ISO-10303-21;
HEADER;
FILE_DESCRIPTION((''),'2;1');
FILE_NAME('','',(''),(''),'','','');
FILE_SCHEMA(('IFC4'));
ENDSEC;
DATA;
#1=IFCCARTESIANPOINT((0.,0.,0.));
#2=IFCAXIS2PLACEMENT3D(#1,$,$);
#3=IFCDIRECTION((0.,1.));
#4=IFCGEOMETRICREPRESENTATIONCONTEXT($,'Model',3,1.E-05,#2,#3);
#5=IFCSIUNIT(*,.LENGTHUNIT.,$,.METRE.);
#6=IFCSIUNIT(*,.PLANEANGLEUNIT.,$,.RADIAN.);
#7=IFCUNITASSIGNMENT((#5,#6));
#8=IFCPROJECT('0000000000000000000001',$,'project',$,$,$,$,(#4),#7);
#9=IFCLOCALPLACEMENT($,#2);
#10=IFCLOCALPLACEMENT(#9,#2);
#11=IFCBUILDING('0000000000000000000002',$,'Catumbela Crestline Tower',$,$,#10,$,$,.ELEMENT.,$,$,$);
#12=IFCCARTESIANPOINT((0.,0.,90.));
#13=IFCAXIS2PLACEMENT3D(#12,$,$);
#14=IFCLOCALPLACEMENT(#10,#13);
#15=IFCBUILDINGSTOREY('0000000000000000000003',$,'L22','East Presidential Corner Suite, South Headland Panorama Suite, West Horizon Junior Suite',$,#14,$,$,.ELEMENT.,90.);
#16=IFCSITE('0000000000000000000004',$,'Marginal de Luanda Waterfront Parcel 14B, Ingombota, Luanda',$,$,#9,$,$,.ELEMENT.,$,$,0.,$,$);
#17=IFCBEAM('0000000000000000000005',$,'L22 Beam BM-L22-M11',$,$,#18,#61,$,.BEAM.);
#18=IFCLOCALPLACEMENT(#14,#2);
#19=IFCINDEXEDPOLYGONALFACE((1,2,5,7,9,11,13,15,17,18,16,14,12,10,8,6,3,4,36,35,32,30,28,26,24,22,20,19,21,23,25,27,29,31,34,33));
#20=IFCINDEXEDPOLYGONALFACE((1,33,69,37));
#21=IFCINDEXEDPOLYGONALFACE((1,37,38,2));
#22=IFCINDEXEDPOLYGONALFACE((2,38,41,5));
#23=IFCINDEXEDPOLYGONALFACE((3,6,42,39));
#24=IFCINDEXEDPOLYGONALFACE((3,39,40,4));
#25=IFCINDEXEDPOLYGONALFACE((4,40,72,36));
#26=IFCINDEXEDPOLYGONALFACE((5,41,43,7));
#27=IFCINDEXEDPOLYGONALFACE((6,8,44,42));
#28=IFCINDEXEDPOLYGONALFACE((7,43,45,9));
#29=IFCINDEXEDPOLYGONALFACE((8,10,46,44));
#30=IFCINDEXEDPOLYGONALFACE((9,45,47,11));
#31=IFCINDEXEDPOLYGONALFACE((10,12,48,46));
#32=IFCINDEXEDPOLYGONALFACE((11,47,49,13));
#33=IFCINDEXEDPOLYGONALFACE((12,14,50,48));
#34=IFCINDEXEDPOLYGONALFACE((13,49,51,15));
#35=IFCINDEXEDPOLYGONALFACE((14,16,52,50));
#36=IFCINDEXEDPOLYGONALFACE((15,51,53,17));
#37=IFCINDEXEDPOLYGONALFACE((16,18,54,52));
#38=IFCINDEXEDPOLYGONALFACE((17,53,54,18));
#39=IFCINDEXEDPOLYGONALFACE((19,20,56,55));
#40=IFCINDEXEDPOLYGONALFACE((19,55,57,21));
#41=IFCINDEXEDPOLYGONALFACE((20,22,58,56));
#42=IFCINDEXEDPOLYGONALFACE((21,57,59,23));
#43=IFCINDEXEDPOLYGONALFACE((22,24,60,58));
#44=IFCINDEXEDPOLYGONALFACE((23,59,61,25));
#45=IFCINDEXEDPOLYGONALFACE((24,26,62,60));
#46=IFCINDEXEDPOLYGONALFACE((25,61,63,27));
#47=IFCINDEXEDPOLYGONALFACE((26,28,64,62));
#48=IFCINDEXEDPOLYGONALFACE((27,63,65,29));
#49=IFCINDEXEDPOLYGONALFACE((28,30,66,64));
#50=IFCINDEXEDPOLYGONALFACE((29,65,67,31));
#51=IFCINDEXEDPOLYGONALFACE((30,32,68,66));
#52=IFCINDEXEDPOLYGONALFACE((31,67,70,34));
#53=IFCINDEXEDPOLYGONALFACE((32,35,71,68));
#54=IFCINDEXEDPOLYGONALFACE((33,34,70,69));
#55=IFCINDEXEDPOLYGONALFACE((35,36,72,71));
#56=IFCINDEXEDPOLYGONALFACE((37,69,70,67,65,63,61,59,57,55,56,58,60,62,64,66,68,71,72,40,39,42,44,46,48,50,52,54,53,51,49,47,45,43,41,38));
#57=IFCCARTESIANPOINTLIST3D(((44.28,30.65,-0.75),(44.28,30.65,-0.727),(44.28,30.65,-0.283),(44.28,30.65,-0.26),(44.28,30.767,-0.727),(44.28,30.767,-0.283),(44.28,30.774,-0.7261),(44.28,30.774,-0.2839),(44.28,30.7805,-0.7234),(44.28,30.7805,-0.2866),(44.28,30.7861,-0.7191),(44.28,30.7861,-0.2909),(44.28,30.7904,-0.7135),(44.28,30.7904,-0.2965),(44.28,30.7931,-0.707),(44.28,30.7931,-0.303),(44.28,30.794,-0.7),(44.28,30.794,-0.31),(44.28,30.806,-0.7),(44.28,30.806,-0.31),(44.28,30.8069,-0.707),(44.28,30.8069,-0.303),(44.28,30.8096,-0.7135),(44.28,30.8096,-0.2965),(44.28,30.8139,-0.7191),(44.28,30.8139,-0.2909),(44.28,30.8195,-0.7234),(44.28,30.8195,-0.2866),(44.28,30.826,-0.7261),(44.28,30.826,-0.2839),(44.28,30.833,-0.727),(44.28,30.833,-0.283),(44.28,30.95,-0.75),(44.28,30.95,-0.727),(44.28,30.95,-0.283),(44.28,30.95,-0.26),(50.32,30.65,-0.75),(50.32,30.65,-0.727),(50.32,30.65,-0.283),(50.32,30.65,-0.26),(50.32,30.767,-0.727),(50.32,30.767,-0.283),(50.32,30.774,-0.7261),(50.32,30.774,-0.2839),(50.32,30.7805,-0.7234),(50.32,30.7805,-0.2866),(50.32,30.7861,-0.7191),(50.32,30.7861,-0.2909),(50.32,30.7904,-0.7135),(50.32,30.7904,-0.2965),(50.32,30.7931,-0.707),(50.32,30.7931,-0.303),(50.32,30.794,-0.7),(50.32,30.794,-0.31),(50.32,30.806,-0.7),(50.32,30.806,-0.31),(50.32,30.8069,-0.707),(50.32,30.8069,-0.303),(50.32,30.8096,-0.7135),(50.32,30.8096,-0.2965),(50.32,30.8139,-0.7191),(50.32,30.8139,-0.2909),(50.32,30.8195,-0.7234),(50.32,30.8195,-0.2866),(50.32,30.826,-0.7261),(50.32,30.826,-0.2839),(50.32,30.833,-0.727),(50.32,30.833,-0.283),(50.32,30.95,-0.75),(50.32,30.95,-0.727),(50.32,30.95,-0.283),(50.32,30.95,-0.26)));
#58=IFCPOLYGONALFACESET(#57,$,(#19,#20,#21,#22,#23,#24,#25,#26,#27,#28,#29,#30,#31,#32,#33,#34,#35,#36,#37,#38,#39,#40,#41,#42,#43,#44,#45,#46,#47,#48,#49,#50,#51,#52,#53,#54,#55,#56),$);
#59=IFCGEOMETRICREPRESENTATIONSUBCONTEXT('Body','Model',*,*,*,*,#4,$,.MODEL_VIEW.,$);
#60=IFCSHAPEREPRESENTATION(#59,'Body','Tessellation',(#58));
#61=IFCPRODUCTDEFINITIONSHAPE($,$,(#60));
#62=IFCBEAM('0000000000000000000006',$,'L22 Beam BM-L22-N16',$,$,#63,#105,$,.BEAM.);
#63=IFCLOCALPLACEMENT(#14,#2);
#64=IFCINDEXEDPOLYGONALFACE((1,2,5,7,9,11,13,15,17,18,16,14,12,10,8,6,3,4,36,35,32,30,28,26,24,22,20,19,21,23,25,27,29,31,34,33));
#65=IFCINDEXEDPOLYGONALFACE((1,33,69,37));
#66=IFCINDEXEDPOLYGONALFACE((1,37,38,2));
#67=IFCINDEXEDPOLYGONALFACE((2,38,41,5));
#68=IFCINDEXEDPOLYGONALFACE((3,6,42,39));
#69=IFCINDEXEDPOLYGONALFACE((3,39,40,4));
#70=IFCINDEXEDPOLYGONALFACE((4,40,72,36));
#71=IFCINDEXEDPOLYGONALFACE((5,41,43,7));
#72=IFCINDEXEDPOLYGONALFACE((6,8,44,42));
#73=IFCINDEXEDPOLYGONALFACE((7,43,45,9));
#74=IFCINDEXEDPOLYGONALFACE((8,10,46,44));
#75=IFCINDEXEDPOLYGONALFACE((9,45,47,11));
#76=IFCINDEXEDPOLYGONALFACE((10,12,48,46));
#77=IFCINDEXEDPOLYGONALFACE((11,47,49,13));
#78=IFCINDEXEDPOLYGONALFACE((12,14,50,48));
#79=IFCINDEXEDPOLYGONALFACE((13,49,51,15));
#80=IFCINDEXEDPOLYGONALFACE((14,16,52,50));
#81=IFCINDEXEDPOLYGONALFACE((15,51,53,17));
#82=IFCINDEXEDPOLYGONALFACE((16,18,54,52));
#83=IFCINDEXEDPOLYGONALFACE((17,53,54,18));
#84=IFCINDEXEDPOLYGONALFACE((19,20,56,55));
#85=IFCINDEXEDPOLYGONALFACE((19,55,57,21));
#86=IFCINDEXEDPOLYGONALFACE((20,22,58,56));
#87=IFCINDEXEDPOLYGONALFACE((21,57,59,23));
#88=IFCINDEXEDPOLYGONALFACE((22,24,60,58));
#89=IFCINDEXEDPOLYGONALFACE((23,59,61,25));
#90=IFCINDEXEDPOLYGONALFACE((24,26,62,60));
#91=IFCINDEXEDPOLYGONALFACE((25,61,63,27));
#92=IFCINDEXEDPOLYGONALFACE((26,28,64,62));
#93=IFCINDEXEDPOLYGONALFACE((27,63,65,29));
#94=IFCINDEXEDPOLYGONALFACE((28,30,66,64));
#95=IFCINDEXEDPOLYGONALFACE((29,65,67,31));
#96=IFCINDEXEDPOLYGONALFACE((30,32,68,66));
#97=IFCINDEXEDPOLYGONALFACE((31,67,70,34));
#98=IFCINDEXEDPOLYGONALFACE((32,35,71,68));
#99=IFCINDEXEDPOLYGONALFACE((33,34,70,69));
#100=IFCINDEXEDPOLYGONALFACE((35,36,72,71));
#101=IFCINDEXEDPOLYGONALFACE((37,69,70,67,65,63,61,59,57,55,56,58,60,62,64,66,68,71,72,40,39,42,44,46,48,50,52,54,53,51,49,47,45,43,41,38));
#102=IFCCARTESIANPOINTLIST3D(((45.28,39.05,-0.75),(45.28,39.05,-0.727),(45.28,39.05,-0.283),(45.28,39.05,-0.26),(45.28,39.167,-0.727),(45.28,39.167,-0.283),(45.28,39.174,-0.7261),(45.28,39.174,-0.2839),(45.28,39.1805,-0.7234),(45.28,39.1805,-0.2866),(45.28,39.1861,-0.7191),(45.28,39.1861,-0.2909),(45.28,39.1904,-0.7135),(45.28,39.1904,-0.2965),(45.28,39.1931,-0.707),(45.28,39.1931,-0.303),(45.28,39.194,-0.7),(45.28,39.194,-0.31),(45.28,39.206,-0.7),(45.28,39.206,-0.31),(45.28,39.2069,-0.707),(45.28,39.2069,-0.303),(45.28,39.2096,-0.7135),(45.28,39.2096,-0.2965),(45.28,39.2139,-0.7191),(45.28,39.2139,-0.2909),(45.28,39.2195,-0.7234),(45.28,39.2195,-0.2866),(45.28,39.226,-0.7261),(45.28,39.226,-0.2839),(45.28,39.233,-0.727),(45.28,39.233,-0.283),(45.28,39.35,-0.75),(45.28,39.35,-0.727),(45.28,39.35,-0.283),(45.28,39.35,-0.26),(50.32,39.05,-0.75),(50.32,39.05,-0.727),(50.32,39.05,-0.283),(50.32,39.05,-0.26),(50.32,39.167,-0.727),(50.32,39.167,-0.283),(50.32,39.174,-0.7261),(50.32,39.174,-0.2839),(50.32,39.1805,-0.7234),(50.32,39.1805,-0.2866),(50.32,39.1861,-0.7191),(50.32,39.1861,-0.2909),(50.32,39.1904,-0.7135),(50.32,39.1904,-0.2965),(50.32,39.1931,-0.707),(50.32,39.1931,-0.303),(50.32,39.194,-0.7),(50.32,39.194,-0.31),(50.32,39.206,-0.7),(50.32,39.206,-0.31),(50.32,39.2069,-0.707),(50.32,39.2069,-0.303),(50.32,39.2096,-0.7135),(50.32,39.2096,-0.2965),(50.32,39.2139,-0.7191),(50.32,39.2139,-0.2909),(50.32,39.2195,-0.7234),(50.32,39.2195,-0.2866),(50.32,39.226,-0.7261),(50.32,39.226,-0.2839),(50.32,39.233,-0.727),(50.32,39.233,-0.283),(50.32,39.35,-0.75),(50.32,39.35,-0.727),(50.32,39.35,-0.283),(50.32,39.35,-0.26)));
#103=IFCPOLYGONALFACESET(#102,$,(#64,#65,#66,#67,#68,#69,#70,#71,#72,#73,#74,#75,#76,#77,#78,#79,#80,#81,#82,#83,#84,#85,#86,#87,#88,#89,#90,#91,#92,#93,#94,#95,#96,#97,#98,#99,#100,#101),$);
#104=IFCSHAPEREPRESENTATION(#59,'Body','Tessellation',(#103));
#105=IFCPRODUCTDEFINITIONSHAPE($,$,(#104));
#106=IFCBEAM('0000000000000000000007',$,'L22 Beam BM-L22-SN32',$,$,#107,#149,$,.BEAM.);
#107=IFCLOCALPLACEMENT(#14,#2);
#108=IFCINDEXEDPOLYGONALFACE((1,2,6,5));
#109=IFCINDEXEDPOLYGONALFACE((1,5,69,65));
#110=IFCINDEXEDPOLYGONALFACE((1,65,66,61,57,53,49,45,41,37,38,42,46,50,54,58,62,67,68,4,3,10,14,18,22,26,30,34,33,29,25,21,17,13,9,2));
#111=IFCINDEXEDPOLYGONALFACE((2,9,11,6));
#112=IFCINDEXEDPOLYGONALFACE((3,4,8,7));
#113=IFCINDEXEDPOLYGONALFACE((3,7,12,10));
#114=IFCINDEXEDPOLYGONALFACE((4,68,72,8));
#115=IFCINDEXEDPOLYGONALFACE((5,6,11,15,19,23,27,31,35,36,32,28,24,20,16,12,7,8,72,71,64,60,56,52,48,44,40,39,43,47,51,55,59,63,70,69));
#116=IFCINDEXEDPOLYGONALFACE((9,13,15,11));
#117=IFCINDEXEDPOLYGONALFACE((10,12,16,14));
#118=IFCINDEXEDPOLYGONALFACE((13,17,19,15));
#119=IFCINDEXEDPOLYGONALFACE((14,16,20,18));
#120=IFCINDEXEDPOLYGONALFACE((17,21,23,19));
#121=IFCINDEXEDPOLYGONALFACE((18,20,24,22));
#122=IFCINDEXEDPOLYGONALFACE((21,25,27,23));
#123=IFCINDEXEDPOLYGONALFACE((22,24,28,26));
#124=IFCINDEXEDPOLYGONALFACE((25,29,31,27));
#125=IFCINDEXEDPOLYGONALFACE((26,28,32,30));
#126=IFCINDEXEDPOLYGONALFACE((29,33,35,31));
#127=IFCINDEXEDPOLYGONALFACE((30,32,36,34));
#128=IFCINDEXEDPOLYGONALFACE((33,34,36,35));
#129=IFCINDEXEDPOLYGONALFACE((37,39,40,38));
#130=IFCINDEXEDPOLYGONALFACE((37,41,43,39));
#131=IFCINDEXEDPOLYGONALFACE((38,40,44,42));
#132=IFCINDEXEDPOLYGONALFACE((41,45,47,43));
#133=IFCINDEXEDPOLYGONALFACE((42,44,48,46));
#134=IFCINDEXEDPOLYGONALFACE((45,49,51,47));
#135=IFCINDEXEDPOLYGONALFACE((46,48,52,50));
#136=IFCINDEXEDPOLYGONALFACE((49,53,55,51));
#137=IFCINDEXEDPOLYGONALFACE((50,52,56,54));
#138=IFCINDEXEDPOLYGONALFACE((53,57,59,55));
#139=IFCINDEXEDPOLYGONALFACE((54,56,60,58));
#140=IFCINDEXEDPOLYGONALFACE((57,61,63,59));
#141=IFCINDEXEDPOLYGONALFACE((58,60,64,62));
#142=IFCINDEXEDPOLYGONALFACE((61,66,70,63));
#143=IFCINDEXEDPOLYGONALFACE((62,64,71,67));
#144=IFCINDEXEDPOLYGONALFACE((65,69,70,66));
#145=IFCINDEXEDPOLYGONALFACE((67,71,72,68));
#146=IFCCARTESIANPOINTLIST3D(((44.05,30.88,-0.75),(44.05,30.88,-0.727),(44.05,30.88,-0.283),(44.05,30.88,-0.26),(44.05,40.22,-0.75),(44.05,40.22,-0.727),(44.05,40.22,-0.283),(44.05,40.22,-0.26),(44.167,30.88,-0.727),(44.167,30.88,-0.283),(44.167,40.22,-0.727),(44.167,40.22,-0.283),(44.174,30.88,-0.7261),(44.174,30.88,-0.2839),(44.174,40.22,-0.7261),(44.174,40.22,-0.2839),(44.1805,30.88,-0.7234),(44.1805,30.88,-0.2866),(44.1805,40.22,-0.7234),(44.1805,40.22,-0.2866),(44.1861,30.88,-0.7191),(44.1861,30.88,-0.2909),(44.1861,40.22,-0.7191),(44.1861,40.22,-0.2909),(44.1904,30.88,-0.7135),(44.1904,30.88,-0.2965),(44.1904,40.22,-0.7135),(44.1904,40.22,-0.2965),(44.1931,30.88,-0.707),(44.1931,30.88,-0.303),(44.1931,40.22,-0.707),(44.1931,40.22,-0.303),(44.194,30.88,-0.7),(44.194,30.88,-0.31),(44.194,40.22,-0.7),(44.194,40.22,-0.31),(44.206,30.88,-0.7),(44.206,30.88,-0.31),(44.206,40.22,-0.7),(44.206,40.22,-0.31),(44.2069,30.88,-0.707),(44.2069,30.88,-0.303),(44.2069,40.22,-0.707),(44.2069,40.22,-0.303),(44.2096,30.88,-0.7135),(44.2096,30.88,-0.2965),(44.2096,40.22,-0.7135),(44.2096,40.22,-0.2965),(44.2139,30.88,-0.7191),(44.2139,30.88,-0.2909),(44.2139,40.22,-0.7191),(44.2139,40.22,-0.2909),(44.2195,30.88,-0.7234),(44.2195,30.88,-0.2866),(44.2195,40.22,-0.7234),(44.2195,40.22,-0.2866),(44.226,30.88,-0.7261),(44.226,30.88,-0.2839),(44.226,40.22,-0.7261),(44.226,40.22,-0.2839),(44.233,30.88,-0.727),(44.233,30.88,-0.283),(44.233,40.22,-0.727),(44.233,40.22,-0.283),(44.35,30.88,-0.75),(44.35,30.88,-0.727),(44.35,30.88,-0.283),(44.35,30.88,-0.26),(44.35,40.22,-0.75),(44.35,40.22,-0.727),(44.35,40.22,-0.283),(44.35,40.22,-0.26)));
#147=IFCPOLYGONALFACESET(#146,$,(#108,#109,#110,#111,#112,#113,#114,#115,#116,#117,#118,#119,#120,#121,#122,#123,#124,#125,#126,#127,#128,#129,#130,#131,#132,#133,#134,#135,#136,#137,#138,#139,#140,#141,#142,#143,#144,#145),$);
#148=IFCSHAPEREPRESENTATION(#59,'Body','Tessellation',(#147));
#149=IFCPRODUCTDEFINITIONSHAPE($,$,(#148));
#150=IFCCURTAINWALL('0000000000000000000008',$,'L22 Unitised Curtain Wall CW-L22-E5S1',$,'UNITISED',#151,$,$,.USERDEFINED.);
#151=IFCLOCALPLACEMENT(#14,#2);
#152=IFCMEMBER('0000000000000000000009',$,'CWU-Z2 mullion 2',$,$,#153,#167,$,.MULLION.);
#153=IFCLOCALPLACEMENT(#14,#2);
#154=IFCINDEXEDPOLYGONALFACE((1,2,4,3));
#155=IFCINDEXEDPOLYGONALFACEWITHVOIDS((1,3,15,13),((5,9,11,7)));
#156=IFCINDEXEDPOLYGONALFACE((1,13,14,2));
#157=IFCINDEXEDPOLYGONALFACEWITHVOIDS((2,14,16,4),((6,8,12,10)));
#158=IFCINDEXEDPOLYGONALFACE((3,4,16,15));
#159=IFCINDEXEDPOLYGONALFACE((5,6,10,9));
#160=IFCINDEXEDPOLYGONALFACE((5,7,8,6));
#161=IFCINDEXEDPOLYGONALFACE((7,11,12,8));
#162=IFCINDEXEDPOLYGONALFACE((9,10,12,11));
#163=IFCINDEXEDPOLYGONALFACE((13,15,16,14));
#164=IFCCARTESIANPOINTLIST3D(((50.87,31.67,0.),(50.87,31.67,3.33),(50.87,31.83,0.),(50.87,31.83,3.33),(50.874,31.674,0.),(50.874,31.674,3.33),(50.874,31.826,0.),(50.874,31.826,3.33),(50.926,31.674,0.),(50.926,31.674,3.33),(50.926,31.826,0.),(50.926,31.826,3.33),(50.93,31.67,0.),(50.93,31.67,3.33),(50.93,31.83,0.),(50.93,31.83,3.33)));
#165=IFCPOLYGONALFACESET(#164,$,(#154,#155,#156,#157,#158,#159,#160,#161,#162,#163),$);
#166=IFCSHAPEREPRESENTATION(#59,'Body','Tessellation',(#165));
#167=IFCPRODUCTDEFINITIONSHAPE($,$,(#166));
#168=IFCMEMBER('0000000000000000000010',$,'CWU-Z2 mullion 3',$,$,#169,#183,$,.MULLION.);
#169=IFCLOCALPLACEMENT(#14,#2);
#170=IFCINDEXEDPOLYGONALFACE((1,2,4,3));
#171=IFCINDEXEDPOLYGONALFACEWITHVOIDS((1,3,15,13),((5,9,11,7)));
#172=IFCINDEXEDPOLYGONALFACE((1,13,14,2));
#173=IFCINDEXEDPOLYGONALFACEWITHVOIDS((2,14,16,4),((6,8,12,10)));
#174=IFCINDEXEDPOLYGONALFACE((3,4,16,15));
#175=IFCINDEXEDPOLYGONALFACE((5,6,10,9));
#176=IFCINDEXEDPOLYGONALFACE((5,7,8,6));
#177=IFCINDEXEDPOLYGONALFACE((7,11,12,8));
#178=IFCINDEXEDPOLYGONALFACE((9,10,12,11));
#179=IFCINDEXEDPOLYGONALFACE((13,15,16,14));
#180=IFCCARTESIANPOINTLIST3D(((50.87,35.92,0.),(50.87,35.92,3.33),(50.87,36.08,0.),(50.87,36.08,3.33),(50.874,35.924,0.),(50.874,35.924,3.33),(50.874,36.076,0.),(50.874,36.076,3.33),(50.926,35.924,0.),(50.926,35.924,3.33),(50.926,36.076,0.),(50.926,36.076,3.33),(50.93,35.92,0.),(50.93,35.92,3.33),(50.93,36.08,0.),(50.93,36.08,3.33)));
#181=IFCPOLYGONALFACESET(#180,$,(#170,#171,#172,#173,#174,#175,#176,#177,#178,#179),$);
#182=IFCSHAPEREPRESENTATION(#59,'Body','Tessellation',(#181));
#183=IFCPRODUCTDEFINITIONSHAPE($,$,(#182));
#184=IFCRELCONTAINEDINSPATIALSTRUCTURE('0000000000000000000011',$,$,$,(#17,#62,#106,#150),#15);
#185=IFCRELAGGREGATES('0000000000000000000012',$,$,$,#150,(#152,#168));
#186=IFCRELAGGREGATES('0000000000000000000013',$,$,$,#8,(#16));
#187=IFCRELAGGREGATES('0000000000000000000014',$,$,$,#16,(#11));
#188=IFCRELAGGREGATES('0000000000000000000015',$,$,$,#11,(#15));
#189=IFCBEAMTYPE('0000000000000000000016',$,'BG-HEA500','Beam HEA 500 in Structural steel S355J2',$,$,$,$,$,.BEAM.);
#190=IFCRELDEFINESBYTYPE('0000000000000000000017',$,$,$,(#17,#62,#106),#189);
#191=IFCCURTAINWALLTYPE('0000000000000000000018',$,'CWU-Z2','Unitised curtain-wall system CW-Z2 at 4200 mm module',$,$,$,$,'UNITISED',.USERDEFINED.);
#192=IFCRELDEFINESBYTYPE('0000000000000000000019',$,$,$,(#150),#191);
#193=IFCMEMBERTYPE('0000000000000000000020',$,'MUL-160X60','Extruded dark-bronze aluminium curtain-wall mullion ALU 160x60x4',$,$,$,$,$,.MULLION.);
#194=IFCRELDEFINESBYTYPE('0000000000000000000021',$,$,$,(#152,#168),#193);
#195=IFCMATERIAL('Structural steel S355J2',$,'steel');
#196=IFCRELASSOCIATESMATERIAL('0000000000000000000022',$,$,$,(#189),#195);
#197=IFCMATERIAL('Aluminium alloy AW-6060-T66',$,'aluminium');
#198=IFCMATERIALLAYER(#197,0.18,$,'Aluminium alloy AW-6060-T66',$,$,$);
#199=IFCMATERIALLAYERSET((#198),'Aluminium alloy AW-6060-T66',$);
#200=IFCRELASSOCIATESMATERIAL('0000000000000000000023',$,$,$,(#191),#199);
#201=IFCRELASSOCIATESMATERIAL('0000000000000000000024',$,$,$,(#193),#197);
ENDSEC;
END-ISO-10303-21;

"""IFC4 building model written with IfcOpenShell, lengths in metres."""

from ifc_helpers import new_model, si_unit, direction, frame, origin, origin_2d, place, context, subcontext, project, spatial, hollow_rectangle, i_section, extrude, material, layer, layer_set, material_profile, profile_set, type_object, element, aggregate, save


model = new_model("IFC4")

# Units and contexts
model_context = context("Model", 3, precision=1e-05, world=origin(), true_north=direction((0.0, 1.0)))
body_context = subcontext(model_context, "Body", "Model", "MODEL_VIEW")
ifc_project = project(units=[si_unit("LENGTHUNIT", "METRE"), si_unit("PLANEANGLEUNIT", "RADIAN")], contexts=[model_context])

# Site, building, storey
site_placement = place(None, origin())
site = spatial("IfcSite", under=ifc_project, at=site_placement, Name="Marginal de Luanda Waterfront Parcel 14B, Ingombota, Luanda", CompositionType="ELEMENT", RefElevation=0.0)
building_placement = place(site_placement, origin())
building = spatial("IfcBuilding", under=site, at=building_placement, Name="Catumbela Crestline Tower", CompositionType="ELEMENT")
storey_placement = place(building_placement, frame((0.0, 0.0, 90.0)))
storey = spatial("IfcBuildingStorey", under=building, at=storey_placement, Name="L22", Description="East Presidential Corner Suite, South Headland Panorama Suite, West Horizon Junior Suite", CompositionType="ELEMENT", Elevation=90.0)

# Beams
ifc_material_1 = material(Name="Structural steel S355J2", Category="steel")
ifc_material_profile_1 = material_profile(ifc_material_1, i_section(OverallWidth=0.3, OverallDepth=0.49, WebThickness=0.012, FlangeThickness=0.023, FilletRadius=0.027, at=origin_2d()), Name="HEA 500")
ifc_profile_set_1 = profile_set([ifc_material_profile_1], Name="Structural steel S355J2")
beam_type_1 = type_object("IfcBeamType", Name="BG-HEA500", Description="Beam HEA 500 in Structural steel S355J2", PredefinedType="BEAM", material=ifc_profile_set_1)
beam_1_placement = place(storey_placement, frame((44.28, 30.8, -0.505), z_axis=(1.0, 0.0, 0.0), x_axis=(0.0, 1.0, 0.0)))
element("IfcBeam", 1, at=beam_1_placement, inside=storey, type_object=beam_type_1, Name="L22 Beam BM-L22-M11", PredefinedType="BEAM", context=body_context, shape_type="SweptSolid", body=[
    extrude(i_section(OverallWidth=0.3, OverallDepth=0.49, WebThickness=0.012, FlangeThickness=0.023, FilletRadius=0.027, at=origin_2d()), origin(), (0.0, 0.0, 1.0), 6.04),
])
beam_2_placement = place(storey_placement, frame((45.28, 39.2, -0.505), z_axis=(1.0, 0.0, 0.0), x_axis=(0.0, 1.0, 0.0)))
element("IfcBeam", 2, at=beam_2_placement, inside=storey, type_object=beam_type_1, Name="L22 Beam BM-L22-N16", PredefinedType="BEAM", context=body_context, shape_type="SweptSolid", body=[
    extrude(i_section(OverallWidth=0.3, OverallDepth=0.49, WebThickness=0.012, FlangeThickness=0.023, FilletRadius=0.027, at=origin_2d()), origin(), (0.0, 0.0, 1.0), 5.04),
])
beam_3_placement = place(storey_placement, frame((44.2, 30.88, -0.505), z_axis=(0.0, 1.0, 0.0), x_axis=(-1.0, 0.0, 0.0)))
element("IfcBeam", 3, at=beam_3_placement, inside=storey, type_object=beam_type_1, Name="L22 Beam BM-L22-SN32", PredefinedType="BEAM", context=body_context, shape_type="SweptSolid", body=[
    extrude(i_section(OverallWidth=0.3, OverallDepth=0.49, WebThickness=0.012, FlangeThickness=0.023, FilletRadius=0.027, at=origin_2d()), origin(), (0.0, 0.0, 1.0), 9.34),
])

# Curtain wall, members
ifc_material_2 = material(Name="Aluminium alloy AW-6060-T66", Category="aluminium")
ifc_layer_1 = layer(ifc_material_2, 0.18, Name="Aluminium alloy AW-6060-T66")
ifc_layer_set_1 = layer_set([ifc_layer_1], Name="Aluminium alloy AW-6060-T66")
curtain_wall_type = type_object("IfcCurtainWallType", Name="CWU-Z2", Description="Unitised curtain-wall system CW-Z2 at 4200 mm module", ElementType="UNITISED", PredefinedType="USERDEFINED", material=ifc_layer_set_1)
curtain_wall_placement = place(storey_placement, origin())
curtain_wall = element("IfcCurtainWall", 4, at=curtain_wall_placement, inside=storey, type_object=curtain_wall_type, Name="L22 Unitised Curtain Wall CW-L22-E5S1", ObjectType="UNITISED", PredefinedType="USERDEFINED")
ifc_material_profile_2 = material_profile(ifc_material_2, hollow_rectangle(XDim=0.06, YDim=0.16, WallThickness=0.004, at=origin_2d()), Name="ALU 160x60x4")
ifc_profile_set_2 = profile_set([ifc_material_profile_2], Name="Aluminium alloy AW-6060-T66")
member_type_1 = type_object("IfcMemberType", Name="MUL-160X60", Description="Extruded dark-bronze aluminium curtain-wall mullion ALU 160x60x4", PredefinedType="MULLION", material=ifc_profile_set_2)
member_1_placement = place(storey_placement, frame((50.9, 31.75, 0.0), z_axis=(0.0, 0.0, 1.0), x_axis=(-1.0, 0.0, 0.0)))
member_1 = element("IfcMember", 5, at=member_1_placement, type_object=member_type_1, Name="CWU-Z2 mullion 2", PredefinedType="MULLION", context=body_context, shape_type="SweptSolid", body=[
    extrude(hollow_rectangle(XDim=0.06, YDim=0.16, WallThickness=0.004, at=origin_2d()), origin(), (0.0, 0.0, 1.0), 3.33),
])
member_2_placement = place(storey_placement, frame((50.9, 36.0, 0.0), z_axis=(0.0, 0.0, 1.0), x_axis=(-1.0, 0.0, 0.0)))
member_2 = element("IfcMember", 6, at=member_2_placement, type_object=member_type_1, Name="CWU-Z2 mullion 3", PredefinedType="MULLION", context=body_context, shape_type="SweptSolid", body=[
    extrude(hollow_rectangle(XDim=0.06, YDim=0.16, WallThickness=0.004, at=origin_2d()), origin(), (0.0, 0.0, 1.0), 3.33),
])

aggregate(curtain_wall, [member_1, member_2])

save(model, "model.ifc")
